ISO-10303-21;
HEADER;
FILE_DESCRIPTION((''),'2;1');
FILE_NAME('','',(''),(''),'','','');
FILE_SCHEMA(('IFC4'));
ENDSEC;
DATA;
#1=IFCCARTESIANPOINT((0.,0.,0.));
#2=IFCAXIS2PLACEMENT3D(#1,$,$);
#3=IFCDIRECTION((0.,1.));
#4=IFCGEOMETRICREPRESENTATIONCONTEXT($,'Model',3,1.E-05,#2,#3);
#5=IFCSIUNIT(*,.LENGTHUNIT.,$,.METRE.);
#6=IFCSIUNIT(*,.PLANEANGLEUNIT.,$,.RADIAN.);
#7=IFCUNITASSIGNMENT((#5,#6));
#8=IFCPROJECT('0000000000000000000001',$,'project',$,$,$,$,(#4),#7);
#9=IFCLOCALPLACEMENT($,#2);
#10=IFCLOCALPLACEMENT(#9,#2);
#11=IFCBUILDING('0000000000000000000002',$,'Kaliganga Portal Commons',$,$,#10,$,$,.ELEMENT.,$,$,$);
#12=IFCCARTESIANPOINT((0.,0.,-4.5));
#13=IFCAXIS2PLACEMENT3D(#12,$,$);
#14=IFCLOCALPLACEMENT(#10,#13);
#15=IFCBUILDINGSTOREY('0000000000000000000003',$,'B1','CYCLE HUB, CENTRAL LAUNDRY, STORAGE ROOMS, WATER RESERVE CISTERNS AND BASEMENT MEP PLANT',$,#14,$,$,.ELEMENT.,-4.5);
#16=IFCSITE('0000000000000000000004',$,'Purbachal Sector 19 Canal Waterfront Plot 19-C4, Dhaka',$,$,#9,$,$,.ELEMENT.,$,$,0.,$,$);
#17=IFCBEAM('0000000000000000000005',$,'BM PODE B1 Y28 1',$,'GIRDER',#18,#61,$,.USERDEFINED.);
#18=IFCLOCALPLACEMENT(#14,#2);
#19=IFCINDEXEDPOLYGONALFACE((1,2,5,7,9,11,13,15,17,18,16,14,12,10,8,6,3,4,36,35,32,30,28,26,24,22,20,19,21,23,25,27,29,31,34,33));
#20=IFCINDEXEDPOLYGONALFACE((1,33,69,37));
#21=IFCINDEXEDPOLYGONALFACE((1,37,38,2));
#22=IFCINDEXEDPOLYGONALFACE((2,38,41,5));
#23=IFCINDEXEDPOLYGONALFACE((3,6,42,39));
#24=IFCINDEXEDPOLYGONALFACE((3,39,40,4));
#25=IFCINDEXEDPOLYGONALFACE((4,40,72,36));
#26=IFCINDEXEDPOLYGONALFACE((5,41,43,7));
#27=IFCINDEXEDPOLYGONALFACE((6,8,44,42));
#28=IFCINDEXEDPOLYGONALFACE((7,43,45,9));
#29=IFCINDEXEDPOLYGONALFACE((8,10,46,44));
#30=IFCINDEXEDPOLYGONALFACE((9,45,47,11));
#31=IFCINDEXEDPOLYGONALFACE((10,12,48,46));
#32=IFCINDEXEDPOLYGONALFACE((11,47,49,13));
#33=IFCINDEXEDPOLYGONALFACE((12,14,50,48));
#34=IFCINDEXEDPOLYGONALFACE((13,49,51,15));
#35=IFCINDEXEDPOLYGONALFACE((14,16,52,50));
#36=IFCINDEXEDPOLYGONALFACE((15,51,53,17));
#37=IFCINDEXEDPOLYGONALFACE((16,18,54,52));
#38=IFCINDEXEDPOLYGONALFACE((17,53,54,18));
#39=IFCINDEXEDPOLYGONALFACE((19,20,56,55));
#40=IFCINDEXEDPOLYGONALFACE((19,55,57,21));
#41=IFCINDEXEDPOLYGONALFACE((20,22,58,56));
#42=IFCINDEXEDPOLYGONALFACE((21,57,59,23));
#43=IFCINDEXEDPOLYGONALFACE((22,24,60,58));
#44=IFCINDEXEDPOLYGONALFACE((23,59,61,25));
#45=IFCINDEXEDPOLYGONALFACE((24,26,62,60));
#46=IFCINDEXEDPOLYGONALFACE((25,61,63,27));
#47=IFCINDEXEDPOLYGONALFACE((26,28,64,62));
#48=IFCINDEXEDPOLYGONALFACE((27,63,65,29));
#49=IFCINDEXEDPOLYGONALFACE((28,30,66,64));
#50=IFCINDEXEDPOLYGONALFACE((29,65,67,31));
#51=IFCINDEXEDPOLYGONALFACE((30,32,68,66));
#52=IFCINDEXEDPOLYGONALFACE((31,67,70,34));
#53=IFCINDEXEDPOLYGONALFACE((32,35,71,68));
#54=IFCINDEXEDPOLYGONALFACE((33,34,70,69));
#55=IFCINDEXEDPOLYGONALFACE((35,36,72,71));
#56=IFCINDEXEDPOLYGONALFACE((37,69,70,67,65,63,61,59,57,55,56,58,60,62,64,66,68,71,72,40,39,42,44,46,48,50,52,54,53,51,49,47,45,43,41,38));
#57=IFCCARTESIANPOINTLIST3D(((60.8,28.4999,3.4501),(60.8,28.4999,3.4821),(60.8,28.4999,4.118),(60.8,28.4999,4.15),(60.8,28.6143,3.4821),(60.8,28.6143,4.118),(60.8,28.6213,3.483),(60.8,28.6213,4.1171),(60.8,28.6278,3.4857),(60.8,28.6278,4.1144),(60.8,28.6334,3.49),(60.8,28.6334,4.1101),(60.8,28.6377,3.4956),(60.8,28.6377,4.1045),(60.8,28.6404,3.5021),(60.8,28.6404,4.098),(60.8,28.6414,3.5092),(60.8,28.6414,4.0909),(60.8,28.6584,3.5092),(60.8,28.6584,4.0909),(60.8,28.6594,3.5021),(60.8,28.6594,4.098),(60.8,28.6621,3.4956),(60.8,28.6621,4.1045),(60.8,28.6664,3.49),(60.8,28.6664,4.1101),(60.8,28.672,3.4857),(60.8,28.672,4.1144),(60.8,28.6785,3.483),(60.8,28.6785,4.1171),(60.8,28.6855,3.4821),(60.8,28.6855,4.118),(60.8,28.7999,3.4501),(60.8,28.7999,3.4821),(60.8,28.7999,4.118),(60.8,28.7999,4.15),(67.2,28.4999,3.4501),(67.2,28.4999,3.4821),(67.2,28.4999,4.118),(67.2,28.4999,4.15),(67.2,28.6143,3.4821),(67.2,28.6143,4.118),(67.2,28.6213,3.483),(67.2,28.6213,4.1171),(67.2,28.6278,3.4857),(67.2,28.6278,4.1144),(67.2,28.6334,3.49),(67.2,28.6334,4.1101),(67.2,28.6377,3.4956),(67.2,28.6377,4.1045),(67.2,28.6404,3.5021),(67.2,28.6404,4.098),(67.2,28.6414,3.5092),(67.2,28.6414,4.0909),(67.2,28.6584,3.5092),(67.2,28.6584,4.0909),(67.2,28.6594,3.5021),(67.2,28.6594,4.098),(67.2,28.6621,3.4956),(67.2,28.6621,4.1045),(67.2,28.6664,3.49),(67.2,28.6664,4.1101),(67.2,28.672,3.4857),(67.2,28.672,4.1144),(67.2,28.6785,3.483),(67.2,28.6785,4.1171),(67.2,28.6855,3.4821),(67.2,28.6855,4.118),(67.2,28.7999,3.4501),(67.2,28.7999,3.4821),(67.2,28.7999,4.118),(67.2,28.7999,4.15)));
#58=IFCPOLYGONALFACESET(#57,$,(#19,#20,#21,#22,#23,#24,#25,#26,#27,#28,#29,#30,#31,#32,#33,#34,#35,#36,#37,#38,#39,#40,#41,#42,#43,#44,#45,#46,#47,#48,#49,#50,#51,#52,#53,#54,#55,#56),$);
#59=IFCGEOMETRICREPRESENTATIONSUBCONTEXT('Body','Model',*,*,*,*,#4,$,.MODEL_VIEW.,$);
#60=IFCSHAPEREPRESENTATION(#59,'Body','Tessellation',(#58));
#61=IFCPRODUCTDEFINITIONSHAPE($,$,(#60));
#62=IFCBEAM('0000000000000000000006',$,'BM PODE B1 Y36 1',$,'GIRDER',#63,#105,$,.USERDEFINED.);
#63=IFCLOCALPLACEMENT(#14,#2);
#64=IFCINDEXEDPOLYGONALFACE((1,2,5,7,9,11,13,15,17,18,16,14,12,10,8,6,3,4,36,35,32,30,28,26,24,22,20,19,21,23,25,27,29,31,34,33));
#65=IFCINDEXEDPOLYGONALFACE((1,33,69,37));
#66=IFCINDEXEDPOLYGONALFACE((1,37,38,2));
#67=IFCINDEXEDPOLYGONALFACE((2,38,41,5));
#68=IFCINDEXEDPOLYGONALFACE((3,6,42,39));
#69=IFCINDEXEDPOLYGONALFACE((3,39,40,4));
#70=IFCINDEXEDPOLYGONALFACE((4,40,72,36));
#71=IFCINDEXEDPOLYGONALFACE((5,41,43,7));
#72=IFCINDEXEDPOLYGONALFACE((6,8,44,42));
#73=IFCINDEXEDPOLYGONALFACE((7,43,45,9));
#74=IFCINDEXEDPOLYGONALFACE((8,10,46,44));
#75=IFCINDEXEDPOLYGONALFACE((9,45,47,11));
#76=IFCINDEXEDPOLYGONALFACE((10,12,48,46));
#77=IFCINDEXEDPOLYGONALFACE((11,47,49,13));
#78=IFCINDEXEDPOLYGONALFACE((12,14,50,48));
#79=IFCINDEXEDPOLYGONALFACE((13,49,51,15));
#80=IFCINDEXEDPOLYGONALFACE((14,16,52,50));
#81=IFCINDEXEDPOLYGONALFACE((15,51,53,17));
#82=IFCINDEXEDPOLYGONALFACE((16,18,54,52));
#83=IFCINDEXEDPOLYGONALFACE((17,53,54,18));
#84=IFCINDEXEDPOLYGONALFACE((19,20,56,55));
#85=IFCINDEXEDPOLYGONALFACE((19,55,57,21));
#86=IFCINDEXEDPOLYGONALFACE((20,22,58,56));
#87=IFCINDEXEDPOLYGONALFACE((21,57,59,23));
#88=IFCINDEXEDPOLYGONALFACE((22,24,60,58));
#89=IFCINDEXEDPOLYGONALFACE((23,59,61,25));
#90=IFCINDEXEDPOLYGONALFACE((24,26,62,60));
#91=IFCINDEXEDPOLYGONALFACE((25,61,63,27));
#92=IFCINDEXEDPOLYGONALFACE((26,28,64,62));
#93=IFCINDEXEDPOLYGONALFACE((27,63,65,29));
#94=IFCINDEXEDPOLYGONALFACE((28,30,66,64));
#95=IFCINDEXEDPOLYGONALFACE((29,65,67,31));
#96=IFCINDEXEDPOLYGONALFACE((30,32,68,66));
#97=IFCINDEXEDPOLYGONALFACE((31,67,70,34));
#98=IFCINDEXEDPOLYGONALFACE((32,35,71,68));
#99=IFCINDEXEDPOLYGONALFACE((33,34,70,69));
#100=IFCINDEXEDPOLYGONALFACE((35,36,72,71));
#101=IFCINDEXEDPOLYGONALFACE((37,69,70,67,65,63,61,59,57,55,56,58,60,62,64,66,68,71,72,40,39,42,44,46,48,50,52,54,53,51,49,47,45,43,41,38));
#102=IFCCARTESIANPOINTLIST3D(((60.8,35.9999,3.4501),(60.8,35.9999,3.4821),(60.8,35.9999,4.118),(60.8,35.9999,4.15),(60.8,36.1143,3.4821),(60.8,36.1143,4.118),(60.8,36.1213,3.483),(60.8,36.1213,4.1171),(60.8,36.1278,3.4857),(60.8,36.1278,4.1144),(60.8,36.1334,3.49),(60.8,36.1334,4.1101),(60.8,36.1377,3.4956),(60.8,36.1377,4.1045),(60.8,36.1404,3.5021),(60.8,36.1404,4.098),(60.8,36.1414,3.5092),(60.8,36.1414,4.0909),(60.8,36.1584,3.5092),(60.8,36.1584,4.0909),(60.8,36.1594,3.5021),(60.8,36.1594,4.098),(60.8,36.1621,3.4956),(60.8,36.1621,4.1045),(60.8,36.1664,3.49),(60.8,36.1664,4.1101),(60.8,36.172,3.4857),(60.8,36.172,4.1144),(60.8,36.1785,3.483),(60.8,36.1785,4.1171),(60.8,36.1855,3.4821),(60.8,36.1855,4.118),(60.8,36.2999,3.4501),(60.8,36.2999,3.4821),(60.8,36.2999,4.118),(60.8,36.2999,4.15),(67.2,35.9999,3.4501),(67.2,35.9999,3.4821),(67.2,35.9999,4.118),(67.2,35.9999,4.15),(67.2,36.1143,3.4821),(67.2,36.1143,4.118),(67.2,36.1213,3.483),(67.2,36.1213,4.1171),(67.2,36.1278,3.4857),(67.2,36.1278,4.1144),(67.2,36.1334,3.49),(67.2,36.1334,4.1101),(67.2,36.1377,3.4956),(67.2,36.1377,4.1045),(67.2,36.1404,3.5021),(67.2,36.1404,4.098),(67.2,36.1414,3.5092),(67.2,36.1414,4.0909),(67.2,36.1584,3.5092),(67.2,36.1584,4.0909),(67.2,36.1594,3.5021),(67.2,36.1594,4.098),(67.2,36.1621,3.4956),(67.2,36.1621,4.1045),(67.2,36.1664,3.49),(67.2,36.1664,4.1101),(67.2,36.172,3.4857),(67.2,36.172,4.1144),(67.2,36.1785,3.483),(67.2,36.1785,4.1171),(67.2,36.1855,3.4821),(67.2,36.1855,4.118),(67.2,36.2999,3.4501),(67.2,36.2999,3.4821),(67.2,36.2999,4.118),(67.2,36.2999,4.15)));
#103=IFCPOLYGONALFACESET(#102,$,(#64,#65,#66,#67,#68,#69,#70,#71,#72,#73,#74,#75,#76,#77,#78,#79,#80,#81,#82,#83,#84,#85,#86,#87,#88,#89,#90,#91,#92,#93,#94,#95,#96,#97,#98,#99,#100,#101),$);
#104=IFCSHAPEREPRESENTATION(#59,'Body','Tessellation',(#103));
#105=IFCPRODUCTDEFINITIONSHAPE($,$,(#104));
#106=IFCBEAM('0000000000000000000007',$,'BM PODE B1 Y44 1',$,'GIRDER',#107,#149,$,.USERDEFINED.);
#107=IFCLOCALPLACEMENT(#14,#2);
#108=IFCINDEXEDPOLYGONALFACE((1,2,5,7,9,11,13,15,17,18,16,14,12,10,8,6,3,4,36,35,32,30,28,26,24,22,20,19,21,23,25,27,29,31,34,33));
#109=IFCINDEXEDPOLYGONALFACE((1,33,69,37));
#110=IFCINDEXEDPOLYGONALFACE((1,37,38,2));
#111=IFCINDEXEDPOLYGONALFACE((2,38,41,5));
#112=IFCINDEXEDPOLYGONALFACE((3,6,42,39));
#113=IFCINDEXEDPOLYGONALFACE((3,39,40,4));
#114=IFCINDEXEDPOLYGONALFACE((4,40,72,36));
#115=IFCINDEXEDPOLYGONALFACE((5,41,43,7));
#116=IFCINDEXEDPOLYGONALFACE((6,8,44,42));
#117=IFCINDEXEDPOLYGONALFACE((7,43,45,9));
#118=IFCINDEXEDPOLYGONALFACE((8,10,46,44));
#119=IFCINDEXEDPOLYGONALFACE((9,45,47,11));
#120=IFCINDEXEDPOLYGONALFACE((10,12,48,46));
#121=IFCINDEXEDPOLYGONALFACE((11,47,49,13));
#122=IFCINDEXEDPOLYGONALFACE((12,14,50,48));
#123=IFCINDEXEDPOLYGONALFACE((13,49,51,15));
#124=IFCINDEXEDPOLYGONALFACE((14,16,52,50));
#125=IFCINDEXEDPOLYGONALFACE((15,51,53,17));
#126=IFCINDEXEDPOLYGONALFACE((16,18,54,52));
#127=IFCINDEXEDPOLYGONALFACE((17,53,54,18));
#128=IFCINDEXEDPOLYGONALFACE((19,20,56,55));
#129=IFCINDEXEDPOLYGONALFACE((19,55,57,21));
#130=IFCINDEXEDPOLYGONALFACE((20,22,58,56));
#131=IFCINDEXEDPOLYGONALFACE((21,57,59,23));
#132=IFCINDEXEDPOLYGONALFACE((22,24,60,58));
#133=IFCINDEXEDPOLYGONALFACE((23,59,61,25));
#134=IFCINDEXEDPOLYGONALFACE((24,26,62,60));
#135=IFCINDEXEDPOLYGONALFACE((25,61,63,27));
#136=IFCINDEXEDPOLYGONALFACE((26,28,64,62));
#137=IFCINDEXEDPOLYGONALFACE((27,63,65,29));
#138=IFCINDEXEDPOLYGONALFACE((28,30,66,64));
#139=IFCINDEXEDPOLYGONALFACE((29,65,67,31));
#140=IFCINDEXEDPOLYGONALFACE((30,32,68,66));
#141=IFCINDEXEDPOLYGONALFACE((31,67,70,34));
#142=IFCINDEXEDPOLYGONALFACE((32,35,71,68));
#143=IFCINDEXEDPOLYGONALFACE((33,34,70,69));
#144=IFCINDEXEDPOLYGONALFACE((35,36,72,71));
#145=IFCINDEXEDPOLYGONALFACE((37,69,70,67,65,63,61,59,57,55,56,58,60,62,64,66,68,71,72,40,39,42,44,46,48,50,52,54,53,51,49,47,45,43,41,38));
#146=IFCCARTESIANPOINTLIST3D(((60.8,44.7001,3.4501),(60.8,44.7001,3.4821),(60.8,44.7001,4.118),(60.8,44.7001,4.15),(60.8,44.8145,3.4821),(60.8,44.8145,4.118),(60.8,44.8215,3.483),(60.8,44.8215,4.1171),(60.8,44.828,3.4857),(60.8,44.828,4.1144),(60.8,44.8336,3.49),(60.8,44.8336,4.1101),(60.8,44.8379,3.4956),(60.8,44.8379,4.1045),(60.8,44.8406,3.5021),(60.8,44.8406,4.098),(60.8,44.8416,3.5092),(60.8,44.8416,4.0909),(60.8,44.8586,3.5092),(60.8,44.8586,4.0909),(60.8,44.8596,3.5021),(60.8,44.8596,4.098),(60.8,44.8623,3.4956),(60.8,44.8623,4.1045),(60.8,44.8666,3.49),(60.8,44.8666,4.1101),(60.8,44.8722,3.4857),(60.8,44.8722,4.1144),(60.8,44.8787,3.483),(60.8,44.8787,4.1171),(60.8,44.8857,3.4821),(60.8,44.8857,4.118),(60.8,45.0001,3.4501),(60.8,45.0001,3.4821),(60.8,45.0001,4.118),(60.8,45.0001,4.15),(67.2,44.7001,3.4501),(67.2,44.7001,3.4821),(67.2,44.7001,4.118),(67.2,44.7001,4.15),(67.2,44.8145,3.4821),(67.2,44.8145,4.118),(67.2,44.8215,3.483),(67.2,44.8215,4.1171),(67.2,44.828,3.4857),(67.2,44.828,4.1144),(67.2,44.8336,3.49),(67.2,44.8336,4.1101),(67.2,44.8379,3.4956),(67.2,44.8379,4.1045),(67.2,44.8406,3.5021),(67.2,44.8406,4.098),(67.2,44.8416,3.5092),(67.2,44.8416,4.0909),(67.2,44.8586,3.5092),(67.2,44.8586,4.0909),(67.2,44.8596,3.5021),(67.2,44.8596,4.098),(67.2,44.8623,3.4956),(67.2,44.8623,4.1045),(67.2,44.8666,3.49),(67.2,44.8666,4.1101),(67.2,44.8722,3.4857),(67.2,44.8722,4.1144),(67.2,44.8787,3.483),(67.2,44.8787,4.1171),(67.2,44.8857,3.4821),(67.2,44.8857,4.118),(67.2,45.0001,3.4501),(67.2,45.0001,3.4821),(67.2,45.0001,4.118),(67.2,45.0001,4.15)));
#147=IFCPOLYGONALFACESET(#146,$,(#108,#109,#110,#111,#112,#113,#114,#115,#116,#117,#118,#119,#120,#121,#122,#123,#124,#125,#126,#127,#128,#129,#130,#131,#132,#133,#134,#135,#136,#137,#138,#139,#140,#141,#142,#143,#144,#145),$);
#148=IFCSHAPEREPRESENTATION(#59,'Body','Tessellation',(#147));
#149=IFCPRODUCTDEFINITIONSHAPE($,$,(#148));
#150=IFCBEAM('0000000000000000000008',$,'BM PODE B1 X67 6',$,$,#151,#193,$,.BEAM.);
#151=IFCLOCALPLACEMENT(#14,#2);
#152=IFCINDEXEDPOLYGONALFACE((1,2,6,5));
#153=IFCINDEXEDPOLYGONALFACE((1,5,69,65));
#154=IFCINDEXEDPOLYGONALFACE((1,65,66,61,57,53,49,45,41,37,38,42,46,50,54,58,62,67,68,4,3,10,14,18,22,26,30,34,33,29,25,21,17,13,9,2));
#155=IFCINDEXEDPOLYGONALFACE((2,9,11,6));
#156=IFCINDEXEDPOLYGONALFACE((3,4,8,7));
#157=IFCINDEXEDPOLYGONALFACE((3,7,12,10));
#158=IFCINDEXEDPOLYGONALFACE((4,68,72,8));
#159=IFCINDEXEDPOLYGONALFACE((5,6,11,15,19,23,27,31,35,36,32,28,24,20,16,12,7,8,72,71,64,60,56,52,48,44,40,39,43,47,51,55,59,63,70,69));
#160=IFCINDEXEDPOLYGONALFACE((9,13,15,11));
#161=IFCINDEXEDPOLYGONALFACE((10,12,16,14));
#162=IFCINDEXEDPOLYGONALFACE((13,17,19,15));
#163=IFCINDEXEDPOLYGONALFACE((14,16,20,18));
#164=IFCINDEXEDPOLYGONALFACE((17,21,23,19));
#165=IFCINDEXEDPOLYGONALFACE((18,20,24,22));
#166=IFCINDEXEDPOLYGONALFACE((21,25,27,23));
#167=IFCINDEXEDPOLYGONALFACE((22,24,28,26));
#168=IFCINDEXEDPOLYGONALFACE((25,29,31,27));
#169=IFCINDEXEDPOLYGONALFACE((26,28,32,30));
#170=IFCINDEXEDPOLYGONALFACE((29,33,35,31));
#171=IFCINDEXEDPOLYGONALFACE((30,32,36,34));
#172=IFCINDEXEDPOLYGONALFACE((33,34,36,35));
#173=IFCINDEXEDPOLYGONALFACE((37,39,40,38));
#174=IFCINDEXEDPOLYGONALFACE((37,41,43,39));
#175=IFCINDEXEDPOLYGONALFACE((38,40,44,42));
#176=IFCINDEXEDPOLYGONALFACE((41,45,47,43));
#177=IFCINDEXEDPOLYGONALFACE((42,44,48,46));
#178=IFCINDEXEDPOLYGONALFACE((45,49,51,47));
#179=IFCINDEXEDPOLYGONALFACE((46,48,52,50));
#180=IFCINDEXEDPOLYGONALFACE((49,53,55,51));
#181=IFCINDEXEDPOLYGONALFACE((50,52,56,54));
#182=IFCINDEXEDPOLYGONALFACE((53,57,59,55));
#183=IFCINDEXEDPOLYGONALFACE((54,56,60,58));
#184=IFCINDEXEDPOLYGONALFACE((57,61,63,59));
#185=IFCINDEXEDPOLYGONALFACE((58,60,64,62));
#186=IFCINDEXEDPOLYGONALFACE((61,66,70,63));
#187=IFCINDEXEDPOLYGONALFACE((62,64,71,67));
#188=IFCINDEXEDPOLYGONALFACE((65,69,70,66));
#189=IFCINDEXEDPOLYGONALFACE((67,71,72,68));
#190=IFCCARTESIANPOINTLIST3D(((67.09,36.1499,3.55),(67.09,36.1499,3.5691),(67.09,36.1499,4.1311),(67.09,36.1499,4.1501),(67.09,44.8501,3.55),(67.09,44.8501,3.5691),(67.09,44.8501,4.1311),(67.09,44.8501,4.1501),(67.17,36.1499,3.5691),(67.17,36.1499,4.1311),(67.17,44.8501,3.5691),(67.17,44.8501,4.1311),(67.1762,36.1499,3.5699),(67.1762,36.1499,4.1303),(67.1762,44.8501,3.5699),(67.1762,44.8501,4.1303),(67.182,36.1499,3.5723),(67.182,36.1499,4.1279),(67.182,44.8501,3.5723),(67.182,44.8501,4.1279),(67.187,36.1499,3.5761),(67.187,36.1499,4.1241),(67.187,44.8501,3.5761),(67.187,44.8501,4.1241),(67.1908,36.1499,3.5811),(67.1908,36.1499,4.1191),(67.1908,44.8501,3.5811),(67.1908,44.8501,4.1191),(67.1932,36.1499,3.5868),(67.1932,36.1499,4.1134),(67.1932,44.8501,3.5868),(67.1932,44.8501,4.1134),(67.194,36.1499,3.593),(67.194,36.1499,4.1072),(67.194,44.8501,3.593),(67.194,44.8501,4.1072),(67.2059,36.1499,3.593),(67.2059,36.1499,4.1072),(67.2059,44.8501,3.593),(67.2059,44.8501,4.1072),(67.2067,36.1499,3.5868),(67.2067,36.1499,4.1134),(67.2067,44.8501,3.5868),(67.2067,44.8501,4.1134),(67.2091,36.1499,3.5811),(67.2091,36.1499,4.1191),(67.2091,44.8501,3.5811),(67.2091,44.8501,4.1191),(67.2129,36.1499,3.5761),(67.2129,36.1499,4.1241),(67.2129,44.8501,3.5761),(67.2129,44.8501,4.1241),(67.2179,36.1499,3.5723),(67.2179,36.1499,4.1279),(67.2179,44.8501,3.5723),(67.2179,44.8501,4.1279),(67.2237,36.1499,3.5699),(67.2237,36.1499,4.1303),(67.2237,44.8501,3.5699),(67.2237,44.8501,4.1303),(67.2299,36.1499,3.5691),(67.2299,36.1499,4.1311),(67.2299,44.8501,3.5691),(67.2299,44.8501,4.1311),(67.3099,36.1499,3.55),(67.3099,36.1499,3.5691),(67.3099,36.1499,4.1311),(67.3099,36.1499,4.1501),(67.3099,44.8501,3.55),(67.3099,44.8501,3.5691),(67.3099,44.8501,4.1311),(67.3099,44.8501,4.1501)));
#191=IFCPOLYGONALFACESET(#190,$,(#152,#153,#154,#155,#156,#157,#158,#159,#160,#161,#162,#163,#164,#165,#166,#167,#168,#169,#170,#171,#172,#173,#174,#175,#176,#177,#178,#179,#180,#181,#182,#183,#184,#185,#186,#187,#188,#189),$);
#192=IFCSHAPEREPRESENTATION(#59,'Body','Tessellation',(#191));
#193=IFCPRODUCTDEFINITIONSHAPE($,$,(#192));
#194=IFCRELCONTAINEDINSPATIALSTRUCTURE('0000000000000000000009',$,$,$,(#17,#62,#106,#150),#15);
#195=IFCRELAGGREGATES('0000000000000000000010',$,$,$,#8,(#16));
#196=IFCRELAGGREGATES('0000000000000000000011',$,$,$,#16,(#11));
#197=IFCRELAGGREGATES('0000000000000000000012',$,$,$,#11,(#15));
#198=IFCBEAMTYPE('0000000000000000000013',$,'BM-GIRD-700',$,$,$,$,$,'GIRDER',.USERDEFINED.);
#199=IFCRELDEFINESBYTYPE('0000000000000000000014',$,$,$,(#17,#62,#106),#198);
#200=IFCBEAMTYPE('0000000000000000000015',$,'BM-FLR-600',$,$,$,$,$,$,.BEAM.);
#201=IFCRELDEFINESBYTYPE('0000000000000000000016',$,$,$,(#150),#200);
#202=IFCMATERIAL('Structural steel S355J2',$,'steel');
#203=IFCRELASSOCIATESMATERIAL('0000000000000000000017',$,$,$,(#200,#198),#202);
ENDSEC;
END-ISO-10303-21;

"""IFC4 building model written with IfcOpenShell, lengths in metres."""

from ifc_helpers import new_model, si_unit, direction, frame, origin, origin_2d, place, context, subcontext, project, spatial, i_section, extrude, source, transform, mapped, material, material_profile, profile_set, type_object, element, save


model = new_model("IFC4")

# Units and contexts
model_context = context("Model", 3, precision=1e-05, world=origin(), true_north=direction((0.0, 1.0)))
body_context = subcontext(model_context, "Body", "Model", "MODEL_VIEW")
ifc_project = project(units=[si_unit("LENGTHUNIT", "METRE"), si_unit("PLANEANGLEUNIT", "RADIAN")], contexts=[model_context])

# Site, building, storey
site_placement = place(None, origin())
site = spatial("IfcSite", under=ifc_project, at=site_placement, Name="Purbachal Sector 19 Canal Waterfront Plot 19-C4, Dhaka", CompositionType="ELEMENT", RefElevation=0.0)
building_placement = place(site_placement, origin())
building = spatial("IfcBuilding", under=site, at=building_placement, Name="Kaliganga Portal Commons", CompositionType="ELEMENT")
storey_placement = place(building_placement, frame((0.0, 0.0, -4.5)))
storey = spatial("IfcBuildingStorey", under=building, at=storey_placement, Name="B1", Description="CYCLE HUB, CENTRAL LAUNDRY, STORAGE ROOMS, WATER RESERVE CISTERNS AND BASEMENT MEP PLANT", CompositionType="ELEMENT", Elevation=-4.5)

# Beams
ifc_material_1 = material(Name="Structural steel S355J2", Category="steel")
ifc_material_profile_1 = material_profile(ifc_material_1, i_section(OverallWidth=0.22, OverallDepth=0.6001, WebThickness=0.012, FlangeThickness=0.019, FilletRadius=0.0239, at=origin_2d()), Name="IPE 600")
ifc_profile_set_1 = profile_set([ifc_material_profile_1], Name="Structural steel S355J2 wide-flange")
beam_type_1 = type_object("IfcBeamType", Name="BM-FLR-600", PredefinedType="BEAM", material=ifc_profile_set_1)
ifc_material_profile_2 = material_profile(ifc_material_1, i_section(OverallWidth=0.3, OverallDepth=0.7, WebThickness=0.0171, FlangeThickness=0.032, FilletRadius=0.0271, at=origin_2d()), Name="HE 700 B")
ifc_profile_set_2 = profile_set([ifc_material_profile_2], Name="Structural steel S355J2 wide-flange")
beam_type_2 = type_object("IfcBeamType", Name="BM-GIRD-700", ElementType="GIRDER", PredefinedType="USERDEFINED", material=ifc_profile_set_2)
shared_shape_1 = source(origin(), body_context, "Body", "SweptSolid", [
    extrude(i_section(OverallWidth=0.3, OverallDepth=0.7, WebThickness=0.0171, FlangeThickness=0.032, FilletRadius=0.0271, at=origin_2d()), origin(), (0.0, 0.0, 1.0), 6.3999),
])
for number, where, z_axis, x_axis, name in (
    (1, (60.8, 28.6499, 3.8), (1.0, 0.0, 0.0), (0.0, 1.0, 0.0), "BM PODE B1 Y28 1"),
    (2, (60.8, 36.1499, 3.8), (1.0, 0.0, 0.0), (0.0, 1.0, 0.0), "BM PODE B1 Y36 1"),
    (3, (60.8, 44.8501, 3.8), (1.0, 0.0, 0.0), (0.0, 1.0, 0.0), "BM PODE B1 Y44 1"),
):
    element("IfcBeam", number, at=place(storey_placement, frame(where, z_axis=z_axis, x_axis=x_axis)), inside=storey, type_object=beam_type_2, Name=name, ObjectType="GIRDER", PredefinedType="USERDEFINED", context=body_context, shape_type="MappedRepresentation", body=[
        mapped(shared_shape_1, transform((0.0, 0.0, 0.0), x_axis=(1.0, 0.0, 0.0), y_axis=(0.0, 1.0, 0.0), z_axis=(0.0, 0.0, 1.0), scale=1.0)),
    ])
shared_shape_2 = source(origin(), body_context, "Body", "SweptSolid", [
    extrude(i_section(OverallWidth=0.22, OverallDepth=0.6001, WebThickness=0.012, FlangeThickness=0.019, FilletRadius=0.0239, at=origin_2d()), origin(), (0.0, 0.0, 1.0), 8.7002),
])
for number, where, z_axis, x_axis, name in (
    (4, (67.2, 36.1499, 3.8501), (0.0, 1.0, 0.0), (-1.0, 0.0, 0.0), "BM PODE B1 X67 6"),
):
    element("IfcBeam", number, at=place(storey_placement, frame(where, z_axis=z_axis, x_axis=x_axis)), inside=storey, type_object=beam_type_1, Name=name, PredefinedType="BEAM", context=body_context, shape_type="MappedRepresentation", body=[
        mapped(shared_shape_2, transform((0.0, 0.0, 0.0), x_axis=(1.0, 0.0, 0.0), y_axis=(0.0, 1.0, 0.0), z_axis=(0.0, 0.0, 1.0), scale=1.0)),
    ])

save(model, "model.ifc")
